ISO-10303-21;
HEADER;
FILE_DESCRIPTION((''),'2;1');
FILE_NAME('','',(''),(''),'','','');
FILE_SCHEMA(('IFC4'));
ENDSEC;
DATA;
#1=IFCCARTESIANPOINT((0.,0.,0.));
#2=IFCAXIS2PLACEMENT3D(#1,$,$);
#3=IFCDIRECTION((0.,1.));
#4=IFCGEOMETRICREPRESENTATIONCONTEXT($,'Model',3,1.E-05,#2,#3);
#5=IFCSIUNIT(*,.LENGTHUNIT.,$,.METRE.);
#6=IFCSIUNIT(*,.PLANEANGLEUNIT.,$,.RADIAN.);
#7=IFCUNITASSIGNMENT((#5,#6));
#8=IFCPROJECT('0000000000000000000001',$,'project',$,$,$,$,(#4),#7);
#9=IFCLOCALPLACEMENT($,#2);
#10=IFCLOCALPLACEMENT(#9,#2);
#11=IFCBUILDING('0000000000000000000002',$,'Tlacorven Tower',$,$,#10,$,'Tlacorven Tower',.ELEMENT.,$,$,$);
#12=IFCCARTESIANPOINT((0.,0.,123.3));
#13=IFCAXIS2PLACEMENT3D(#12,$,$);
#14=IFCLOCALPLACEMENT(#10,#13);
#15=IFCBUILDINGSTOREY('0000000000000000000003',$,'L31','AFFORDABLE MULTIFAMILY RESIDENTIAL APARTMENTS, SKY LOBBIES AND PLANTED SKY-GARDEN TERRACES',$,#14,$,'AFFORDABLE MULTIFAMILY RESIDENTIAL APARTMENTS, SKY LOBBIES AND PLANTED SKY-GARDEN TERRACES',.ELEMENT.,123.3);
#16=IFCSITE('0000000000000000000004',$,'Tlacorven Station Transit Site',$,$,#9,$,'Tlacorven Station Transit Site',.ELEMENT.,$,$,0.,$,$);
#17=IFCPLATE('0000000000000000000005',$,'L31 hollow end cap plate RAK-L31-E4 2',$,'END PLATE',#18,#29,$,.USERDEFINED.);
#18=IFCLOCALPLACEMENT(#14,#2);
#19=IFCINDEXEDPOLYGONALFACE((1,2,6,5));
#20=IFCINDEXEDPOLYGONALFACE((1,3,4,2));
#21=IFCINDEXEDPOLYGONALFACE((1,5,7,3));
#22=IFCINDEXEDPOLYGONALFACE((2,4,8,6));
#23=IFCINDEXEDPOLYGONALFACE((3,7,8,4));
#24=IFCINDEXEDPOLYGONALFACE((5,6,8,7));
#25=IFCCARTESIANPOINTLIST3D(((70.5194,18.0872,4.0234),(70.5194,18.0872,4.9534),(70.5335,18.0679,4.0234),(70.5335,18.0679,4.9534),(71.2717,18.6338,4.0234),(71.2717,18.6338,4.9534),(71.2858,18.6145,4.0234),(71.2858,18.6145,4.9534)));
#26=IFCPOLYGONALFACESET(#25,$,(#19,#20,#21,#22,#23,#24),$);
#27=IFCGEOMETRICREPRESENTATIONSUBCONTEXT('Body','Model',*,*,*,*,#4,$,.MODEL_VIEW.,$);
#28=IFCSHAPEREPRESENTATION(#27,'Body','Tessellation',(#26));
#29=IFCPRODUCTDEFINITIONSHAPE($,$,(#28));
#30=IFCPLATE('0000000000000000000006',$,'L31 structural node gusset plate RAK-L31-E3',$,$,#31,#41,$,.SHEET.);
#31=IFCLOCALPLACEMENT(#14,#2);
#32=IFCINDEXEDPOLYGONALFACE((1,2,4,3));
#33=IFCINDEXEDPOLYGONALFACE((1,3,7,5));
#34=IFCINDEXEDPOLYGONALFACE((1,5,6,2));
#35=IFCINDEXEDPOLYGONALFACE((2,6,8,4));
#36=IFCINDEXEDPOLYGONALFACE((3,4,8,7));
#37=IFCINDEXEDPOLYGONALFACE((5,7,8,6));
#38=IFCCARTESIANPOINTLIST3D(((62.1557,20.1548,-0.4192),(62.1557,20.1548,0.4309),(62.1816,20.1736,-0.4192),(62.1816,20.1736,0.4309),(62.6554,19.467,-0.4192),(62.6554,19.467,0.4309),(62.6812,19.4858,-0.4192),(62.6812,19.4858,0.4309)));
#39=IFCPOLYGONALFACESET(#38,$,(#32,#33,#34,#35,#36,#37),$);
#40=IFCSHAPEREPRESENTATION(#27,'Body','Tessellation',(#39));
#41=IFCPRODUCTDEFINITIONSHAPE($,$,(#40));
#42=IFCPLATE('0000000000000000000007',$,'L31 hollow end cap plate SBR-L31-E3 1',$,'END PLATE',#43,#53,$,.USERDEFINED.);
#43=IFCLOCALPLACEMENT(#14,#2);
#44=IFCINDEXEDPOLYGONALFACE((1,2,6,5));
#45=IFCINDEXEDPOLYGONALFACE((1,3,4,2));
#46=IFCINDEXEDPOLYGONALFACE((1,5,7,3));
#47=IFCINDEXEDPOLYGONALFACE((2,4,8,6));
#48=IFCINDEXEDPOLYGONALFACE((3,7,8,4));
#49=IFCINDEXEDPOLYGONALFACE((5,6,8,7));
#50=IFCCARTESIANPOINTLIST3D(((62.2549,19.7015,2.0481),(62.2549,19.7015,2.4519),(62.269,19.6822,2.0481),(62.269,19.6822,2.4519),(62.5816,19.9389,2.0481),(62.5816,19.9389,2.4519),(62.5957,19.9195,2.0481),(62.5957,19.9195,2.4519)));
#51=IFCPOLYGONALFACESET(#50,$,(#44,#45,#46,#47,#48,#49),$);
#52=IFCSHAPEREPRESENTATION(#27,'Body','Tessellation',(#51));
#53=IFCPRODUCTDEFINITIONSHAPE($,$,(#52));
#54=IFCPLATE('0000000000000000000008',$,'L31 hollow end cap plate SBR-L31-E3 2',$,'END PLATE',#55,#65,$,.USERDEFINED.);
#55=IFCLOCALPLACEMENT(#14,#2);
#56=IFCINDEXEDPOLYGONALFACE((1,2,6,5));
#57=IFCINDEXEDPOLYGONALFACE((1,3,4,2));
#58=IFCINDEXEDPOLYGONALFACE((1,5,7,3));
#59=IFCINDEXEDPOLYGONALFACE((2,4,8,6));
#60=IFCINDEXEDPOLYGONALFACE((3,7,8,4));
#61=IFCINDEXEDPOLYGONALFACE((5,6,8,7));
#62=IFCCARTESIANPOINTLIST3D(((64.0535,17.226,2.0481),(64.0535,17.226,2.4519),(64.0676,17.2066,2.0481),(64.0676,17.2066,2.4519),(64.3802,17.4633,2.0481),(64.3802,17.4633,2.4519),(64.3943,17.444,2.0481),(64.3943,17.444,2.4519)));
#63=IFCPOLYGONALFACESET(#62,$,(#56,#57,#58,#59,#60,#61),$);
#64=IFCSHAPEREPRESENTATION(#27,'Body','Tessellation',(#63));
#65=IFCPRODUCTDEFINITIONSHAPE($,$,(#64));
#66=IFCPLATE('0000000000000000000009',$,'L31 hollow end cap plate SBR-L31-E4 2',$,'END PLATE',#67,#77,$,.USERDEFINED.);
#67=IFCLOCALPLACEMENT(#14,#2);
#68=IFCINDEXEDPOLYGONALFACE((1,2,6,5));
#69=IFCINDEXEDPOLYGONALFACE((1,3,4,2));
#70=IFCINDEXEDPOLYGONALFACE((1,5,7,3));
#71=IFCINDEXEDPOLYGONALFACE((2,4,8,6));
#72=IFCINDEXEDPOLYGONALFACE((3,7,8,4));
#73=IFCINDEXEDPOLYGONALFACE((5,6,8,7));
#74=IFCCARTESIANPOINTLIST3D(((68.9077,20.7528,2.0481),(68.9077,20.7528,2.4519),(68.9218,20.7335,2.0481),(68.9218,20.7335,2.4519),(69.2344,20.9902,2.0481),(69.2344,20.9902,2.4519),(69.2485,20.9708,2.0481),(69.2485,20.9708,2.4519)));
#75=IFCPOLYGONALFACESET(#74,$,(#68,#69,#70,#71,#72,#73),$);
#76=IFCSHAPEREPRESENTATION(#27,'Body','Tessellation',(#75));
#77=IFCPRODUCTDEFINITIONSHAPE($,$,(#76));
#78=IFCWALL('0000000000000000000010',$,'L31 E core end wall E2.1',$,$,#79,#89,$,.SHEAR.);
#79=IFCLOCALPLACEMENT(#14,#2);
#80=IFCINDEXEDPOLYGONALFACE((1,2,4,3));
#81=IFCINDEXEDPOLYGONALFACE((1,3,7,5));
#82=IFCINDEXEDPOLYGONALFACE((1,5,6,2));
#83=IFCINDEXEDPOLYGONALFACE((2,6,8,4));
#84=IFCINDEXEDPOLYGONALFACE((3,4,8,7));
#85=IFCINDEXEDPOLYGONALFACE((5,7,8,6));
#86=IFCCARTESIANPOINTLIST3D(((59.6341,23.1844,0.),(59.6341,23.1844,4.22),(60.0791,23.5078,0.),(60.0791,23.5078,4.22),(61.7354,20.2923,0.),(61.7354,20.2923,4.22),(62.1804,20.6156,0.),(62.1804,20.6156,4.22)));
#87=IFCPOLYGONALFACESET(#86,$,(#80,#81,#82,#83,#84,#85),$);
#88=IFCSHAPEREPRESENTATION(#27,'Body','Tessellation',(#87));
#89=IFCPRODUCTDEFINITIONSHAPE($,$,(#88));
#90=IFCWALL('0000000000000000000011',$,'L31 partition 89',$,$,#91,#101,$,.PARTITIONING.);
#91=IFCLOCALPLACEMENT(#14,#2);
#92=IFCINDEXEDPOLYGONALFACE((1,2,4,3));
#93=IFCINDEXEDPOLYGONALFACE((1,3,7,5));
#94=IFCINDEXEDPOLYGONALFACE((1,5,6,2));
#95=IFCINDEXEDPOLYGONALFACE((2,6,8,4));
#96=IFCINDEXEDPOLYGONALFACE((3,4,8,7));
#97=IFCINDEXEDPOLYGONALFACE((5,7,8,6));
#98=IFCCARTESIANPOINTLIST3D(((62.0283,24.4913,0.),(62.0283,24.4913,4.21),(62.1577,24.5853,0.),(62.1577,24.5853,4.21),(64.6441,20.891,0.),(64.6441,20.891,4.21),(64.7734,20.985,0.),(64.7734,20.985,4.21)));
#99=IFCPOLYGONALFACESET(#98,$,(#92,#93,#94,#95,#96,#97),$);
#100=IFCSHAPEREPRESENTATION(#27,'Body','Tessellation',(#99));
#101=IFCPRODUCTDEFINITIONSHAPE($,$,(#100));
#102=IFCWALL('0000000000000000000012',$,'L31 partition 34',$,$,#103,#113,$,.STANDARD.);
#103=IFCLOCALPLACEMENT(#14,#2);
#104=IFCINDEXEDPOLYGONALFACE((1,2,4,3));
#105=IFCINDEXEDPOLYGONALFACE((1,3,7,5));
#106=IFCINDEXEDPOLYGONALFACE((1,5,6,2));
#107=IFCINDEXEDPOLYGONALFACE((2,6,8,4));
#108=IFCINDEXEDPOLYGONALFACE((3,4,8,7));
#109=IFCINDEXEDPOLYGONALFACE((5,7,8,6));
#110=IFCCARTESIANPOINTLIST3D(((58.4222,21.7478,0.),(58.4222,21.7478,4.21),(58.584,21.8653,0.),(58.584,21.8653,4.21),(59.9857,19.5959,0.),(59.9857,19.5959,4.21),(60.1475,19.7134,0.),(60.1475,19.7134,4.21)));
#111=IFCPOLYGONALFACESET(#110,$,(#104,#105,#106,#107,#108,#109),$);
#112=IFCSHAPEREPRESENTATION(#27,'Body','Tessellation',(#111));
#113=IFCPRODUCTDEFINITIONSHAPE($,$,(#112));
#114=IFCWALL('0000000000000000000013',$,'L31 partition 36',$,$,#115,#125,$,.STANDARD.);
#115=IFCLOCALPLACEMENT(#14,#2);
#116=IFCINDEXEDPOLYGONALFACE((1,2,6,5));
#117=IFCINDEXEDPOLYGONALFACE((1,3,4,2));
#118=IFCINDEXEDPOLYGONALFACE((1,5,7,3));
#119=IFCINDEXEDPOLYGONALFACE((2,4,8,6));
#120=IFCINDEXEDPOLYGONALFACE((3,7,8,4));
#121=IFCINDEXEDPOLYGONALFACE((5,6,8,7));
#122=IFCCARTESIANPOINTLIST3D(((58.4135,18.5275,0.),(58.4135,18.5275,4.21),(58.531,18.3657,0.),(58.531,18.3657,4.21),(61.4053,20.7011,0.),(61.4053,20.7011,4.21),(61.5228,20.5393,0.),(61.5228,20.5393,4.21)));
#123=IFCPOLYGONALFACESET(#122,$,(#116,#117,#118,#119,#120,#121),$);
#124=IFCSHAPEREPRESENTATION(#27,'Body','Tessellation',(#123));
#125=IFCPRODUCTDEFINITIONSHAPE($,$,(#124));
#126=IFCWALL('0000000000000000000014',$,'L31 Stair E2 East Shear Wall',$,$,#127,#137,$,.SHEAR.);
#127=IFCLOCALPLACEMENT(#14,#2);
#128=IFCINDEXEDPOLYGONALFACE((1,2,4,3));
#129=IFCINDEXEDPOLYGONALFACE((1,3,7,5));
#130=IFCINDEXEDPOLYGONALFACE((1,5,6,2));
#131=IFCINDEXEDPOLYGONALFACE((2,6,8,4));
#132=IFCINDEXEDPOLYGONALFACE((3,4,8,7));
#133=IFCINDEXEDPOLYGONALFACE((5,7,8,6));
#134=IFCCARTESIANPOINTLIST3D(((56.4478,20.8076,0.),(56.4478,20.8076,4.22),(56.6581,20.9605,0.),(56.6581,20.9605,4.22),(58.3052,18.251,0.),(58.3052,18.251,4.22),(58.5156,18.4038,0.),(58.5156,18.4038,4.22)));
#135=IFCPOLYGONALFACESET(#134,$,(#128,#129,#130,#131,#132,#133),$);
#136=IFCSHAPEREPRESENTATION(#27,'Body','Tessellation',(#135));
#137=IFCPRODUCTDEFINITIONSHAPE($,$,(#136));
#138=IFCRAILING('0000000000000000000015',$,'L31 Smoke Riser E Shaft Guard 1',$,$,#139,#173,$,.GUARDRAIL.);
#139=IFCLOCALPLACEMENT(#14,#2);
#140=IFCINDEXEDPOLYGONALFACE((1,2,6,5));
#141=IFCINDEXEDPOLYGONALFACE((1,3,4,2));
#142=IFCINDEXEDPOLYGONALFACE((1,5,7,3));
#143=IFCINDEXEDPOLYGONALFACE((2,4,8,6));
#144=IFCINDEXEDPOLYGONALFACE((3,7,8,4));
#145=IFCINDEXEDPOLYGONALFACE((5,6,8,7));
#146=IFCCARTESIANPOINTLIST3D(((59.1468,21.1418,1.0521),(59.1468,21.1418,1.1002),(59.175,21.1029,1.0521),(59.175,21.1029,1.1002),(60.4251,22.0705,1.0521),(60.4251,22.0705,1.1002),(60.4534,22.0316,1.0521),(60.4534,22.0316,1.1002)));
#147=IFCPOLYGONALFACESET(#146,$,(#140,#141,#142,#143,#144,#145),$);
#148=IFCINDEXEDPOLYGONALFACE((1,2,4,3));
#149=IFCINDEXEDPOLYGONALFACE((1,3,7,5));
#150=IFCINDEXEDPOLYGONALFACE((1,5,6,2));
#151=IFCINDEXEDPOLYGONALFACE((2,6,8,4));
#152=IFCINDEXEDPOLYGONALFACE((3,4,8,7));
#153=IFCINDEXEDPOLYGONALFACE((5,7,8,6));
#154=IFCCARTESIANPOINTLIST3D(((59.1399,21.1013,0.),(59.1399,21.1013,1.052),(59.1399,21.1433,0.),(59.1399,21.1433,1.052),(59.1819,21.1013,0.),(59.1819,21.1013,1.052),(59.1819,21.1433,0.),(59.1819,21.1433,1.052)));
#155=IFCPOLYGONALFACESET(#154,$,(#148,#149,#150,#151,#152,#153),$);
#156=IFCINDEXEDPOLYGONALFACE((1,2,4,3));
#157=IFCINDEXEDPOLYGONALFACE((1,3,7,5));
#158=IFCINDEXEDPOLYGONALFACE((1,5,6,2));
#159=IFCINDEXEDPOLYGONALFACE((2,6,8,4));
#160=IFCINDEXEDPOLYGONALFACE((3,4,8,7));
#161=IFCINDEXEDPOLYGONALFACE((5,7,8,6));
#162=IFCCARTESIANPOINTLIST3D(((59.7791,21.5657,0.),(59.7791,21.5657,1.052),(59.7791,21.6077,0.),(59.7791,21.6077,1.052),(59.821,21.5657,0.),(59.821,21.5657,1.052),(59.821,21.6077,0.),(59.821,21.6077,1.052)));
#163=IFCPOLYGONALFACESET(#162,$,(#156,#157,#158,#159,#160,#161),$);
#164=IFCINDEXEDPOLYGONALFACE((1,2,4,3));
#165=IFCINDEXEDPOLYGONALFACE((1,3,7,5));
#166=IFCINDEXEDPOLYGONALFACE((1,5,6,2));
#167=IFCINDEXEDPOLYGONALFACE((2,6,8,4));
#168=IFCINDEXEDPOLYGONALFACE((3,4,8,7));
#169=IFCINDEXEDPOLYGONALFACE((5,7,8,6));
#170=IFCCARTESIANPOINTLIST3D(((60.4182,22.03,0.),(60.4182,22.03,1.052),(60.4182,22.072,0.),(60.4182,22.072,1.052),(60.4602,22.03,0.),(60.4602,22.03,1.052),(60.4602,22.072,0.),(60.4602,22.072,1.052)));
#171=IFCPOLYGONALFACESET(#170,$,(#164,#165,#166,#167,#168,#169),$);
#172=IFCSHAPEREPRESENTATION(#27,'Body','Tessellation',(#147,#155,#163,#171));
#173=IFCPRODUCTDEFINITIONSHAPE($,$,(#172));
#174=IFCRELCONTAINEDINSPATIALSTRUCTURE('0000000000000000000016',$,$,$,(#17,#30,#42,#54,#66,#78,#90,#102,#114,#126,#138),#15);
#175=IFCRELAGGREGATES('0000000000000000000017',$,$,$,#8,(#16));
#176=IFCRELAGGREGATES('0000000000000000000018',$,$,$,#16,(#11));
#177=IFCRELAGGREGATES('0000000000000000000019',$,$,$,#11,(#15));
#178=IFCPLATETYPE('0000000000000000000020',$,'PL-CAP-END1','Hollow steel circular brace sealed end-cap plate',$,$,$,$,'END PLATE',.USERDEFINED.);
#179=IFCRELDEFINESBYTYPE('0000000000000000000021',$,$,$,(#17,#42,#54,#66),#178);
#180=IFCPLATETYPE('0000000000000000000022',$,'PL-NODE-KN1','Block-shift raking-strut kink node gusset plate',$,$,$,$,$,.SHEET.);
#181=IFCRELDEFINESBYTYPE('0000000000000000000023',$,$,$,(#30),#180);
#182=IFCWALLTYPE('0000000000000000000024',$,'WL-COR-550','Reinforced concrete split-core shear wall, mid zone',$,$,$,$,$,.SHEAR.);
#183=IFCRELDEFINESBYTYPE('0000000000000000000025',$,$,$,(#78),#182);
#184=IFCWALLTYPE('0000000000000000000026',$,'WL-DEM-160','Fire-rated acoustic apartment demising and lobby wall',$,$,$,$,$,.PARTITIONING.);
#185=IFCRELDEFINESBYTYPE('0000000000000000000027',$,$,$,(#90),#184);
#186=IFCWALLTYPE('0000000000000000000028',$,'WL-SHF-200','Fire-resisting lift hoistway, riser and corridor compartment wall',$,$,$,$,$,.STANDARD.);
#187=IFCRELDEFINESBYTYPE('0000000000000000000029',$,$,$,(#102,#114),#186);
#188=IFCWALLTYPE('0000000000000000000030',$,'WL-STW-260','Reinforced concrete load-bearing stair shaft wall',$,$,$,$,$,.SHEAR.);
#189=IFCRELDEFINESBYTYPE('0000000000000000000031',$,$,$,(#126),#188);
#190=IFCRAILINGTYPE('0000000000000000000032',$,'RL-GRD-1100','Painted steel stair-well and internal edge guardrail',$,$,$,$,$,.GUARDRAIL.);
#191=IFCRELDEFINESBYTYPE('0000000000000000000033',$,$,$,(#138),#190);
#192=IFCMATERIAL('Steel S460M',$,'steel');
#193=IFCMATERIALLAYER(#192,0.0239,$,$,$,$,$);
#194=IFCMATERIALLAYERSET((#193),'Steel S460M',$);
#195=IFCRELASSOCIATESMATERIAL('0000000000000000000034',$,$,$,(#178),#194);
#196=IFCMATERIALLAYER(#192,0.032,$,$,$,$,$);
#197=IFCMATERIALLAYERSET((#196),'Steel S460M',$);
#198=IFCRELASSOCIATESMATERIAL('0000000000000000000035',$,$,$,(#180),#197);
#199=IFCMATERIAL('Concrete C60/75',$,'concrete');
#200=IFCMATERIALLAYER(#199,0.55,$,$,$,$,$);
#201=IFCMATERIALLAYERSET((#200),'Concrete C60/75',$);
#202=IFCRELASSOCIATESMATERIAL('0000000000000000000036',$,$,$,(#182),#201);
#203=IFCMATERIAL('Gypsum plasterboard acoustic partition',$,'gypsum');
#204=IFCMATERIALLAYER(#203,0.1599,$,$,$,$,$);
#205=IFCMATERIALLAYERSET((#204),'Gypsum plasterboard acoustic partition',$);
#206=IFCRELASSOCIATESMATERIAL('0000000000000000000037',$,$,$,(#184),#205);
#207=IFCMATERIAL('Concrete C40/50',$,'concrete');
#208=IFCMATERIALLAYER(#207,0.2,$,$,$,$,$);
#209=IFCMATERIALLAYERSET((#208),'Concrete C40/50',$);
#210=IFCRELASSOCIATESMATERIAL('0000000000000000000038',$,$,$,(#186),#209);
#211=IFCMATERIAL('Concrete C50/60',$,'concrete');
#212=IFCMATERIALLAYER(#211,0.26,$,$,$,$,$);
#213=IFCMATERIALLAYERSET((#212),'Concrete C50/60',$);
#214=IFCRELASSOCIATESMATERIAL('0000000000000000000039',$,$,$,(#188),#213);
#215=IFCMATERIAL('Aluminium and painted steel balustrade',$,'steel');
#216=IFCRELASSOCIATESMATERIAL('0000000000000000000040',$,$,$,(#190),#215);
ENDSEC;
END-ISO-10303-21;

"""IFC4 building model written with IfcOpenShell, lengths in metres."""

from ifc_helpers import new_model, si_unit, direction, frame, frame_2d, origin, origin_2d, place, context, subcontext, project, spatial, rectangle, extrude, source, transform, mapped, material, layer, layer_set, type_object, element, save


model = new_model("IFC4")

# Units and contexts
model_context = context("Model", 3, precision=1e-05, world=origin(), true_north=direction((0.0, 1.0)))
body_context = subcontext(model_context, "Body", "Model", "MODEL_VIEW")
ifc_project = project(units=[si_unit("LENGTHUNIT", "METRE"), si_unit("PLANEANGLEUNIT", "RADIAN")], contexts=[model_context])

# Site, building, storey
site_placement = place(None, origin())
site = spatial("IfcSite", under=ifc_project, at=site_placement, Name="Tlacorven Station Transit Site", LongName="Tlacorven Station Transit Site", CompositionType="ELEMENT", RefElevation=0.0)
building_placement = place(site_placement, origin())
building = spatial("IfcBuilding", under=site, at=building_placement, Name="Tlacorven Tower", LongName="Tlacorven Tower", CompositionType="ELEMENT")
storey_placement = place(building_placement, frame((0.0, 0.0, 123.3)))
storey = spatial("IfcBuildingStorey", under=building, at=storey_placement, Name="L31", Description="AFFORDABLE MULTIFAMILY RESIDENTIAL APARTMENTS, SKY LOBBIES AND PLANTED SKY-GARDEN TERRACES", LongName="AFFORDABLE MULTIFAMILY RESIDENTIAL APARTMENTS, SKY LOBBIES AND PLANTED SKY-GARDEN TERRACES", CompositionType="ELEMENT", Elevation=123.3)

# Shared definitions
ifc_material_1 = material(Name="Steel S460M", Category="steel")

# Plates
ifc_layer_1 = layer(ifc_material_1, 0.0239)
ifc_layer_set_1 = layer_set([ifc_layer_1], Name="Steel S460M")
plate_type_1 = type_object("IfcPlateType", Name="PL-CAP-END1", Description="Hollow steel circular brace sealed end-cap plate", ElementType="END PLATE", PredefinedType="USERDEFINED", material=ifc_layer_set_1)
shared_shape_1 = source(origin(), body_context, "Body", "SweptSolid", [
    extrude(rectangle(XDim=0.0239, YDim=0.9299, at=origin_2d()), origin(), (0.0, 0.0, 1.0), 0.9299),
])
for number, where, z_axis, x_axis, name in (
    (1, (70.9026, 18.3508, 4.0234), (0.0, 0.0, 1.0), (0.587785, -0.809017, 0.0), "L31 hollow end cap plate RAK-L31-E4 2"),
):
    element("IfcPlate", number, at=place(storey_placement, frame(where, z_axis=z_axis, x_axis=x_axis)), inside=storey, type_object=plate_type_1, Name=name, ObjectType="END PLATE", PredefinedType="USERDEFINED", context=body_context, shape_type="MappedRepresentation", body=[
        mapped(shared_shape_1, transform((0.0, 0.0, 0.0), scale=1.0)),
    ])
ifc_layer_2 = layer(ifc_material_1, 0.032)
ifc_layer_set_2 = layer_set([ifc_layer_2], Name="Steel S460M")
plate_type_2 = type_object("IfcPlateType", Name="PL-NODE-KN1", Description="Block-shift raking-strut kink node gusset plate", PredefinedType="SHEET", material=ifc_layer_set_2)
shared_shape_2 = source(origin(), body_context, "Body", "SweptSolid", [
    extrude(rectangle(XDim=0.8501, YDim=0.032, at=origin_2d()), origin(), (0.0, 0.0, 1.0), 0.8501),
])
plate_placement = place(storey_placement, frame((62.4185, 19.8203, -0.4192), z_axis=(0.0, 0.0, 1.0), x_axis=(0.587785, -0.809017, 0.0)))
element("IfcPlate", 2, at=plate_placement, inside=storey, type_object=plate_type_2, Name="L31 structural node gusset plate RAK-L31-E3", PredefinedType="SHEET", context=body_context, shape_type="MappedRepresentation", body=[
    mapped(shared_shape_2, transform((0.0, 0.0, 0.0), scale=1.0)),
])
shared_shape_3 = source(origin(), body_context, "Body", "SweptSolid", [
    extrude(rectangle(XDim=0.0239, YDim=0.4038, at=origin_2d()), origin(), (0.0, 0.0, 1.0), 0.4038),
])
for number, where, z_axis, x_axis, name in (
    (3, (62.4253, 19.8105, 2.0481), (0.0, 0.0, 1.0), (0.587786, -0.809016, 0.0), "L31 hollow end cap plate SBR-L31-E3 1"),
    (4, (64.2239, 17.335, 2.0481), (0.0, 0.0, 1.0), (0.587786, -0.809016, 0.0), "L31 hollow end cap plate SBR-L31-E3 2"),
    (5, (69.0781, 20.8618, 2.0481), (0.0, 0.0, 1.0), (0.587785, -0.809017, 0.0), "L31 hollow end cap plate SBR-L31-E4 2"),
):
    element("IfcPlate", number, at=place(storey_placement, frame(where, z_axis=z_axis, x_axis=x_axis)), inside=storey, type_object=plate_type_1, Name=name, ObjectType="END PLATE", PredefinedType="USERDEFINED", context=body_context, shape_type="MappedRepresentation", body=[
        mapped(shared_shape_3, transform((0.0, 0.0, 0.0), scale=1.0)),
    ])

# Walls
ifc_material_2 = material(Name="Concrete C60/75", Category="concrete")
ifc_layer_3 = layer(ifc_material_2, 0.55)
ifc_layer_set_3 = layer_set([ifc_layer_3], Name="Concrete C60/75")
wall_type_1 = type_object("IfcWallType", Name="WL-COR-550", Description="Reinforced concrete split-core shear wall, mid zone", PredefinedType="SHEAR", material=ifc_layer_set_3)
wall_1_placement = place(storey_placement, frame((61.958, 20.4539, 0.0), z_axis=(0.0, 0.0, 1.0), x_axis=(-0.587802, 0.809005, 0.0)))
element("IfcWall", 6, at=wall_1_placement, inside=storey, type_object=wall_type_1, Name="L31 E core end wall E2.1", PredefinedType="SHEAR", context=body_context, shape_type="SweptSolid", body=[
    extrude(rectangle(XDim=3.575, YDim=0.55, at=frame_2d((1.7876, 0.0))), origin(), (0.0, 0.0, 1.0), 4.22),
])
ifc_material_3 = material(Name="Gypsum plasterboard acoustic partition", Category="gypsum")
ifc_layer_4 = layer(ifc_material_3, 0.1599)
ifc_layer_set_4 = layer_set([ifc_layer_4], Name="Gypsum plasterboard acoustic partition")
wall_type_2 = type_object("IfcWallType", Name="WL-DEM-160", Description="Fire-rated acoustic apartment demising and lobby wall", PredefinedType="PARTITIONING", material=ifc_layer_set_4)
wall_2_placement = place(storey_placement, frame((64.7087, 20.938, 0.0), z_axis=(0.0, 0.0, 1.0), x_axis=(-0.587774, 0.809025, 0.0)))
element("IfcWall", 7, at=wall_2_placement, inside=storey, type_object=wall_type_2, Name="L31 partition 89", PredefinedType="PARTITIONING", context=body_context, shape_type="SweptSolid", body=[
    extrude(rectangle(XDim=4.4502, YDim=0.1599, at=frame_2d((2.2251, 0.0))), origin(), (0.0, 0.0, 1.0), 4.21),
])

# Shared definitions
ifc_material_4 = material(Name="Concrete C40/50", Category="concrete")
ifc_layer_5 = layer(ifc_material_4, 0.2)
ifc_layer_set_5 = layer_set([ifc_layer_5], Name="Concrete C40/50")
wall_type_3 = type_object("IfcWallType", Name="WL-SHF-200", Description="Fire-resisting lift hoistway, riser and corridor compartment wall", PredefinedType="STANDARD", material=ifc_layer_set_5)

# Walls
wall_3_placement = place(storey_placement, frame((60.0667, 19.6545, 0.0), z_axis=(0.0, 0.0, 1.0), x_axis=(-0.587801, 0.809006, 0.0)))
element("IfcWall", 8, at=wall_3_placement, inside=storey, type_object=wall_type_3, Name="L31 partition 34", PredefinedType="STANDARD", context=body_context, shape_type="SweptSolid", body=[
    extrude(rectangle(XDim=2.6599, YDim=0.2, at=frame_2d((1.3301, 0.0))), origin(), (0.0, 0.0, 1.0), 4.21),
])
wall_4_placement = place(storey_placement, frame((58.4722, 18.4465, 0.0), z_axis=(0.0, 0.0, 1.0), x_axis=(0.809019, 0.587783, 0.0)))
element("IfcWall", 9, at=wall_4_placement, inside=storey, type_object=wall_type_3, Name="L31 partition 36", PredefinedType="STANDARD", context=body_context, shape_type="SweptSolid", body=[
    extrude(rectangle(XDim=3.698, YDim=0.2, at=frame_2d((1.8491, 0.0))), origin(), (0.0, 0.0, 1.0), 4.21),
])
ifc_material_5 = material(Name="Concrete C50/60", Category="concrete")
ifc_layer_6 = layer(ifc_material_5, 0.26)
ifc_layer_set_6 = layer_set([ifc_layer_6], Name="Concrete C50/60")
wall_type_4 = type_object("IfcWallType", Name="WL-STW-260", Description="Reinforced concrete load-bearing stair shaft wall", PredefinedType="SHEAR", material=ifc_layer_set_6)
wall_5_placement = place(storey_placement, frame((58.4104, 18.3274, 0.0), z_axis=(0.0, 0.0, 1.0), x_axis=(-0.587767, 0.80903, 0.0)))
element("IfcWall", 10, at=wall_5_placement, inside=storey, type_object=wall_type_4, Name="L31 Stair E2 East Shear Wall", PredefinedType="SHEAR", context=body_context, shape_type="SweptSolid", body=[
    extrude(rectangle(XDim=3.1602, YDim=0.26, at=frame_2d((1.5801, 0.0))), origin(), (0.0, 0.0, 1.0), 4.22),
])

# Railing
ifc_material_6 = material(Name="Aluminium and painted steel balustrade", Category="steel")
railing_type_1 = type_object("IfcRailingType", Name="RL-GRD-1100", Description="Painted steel stair-well and internal edge guardrail", PredefinedType="GUARDRAIL", material=ifc_material_6)
shared_shape_4 = source(origin(), body_context, "Body", "SweptSolid", [
    extrude(rectangle(XDim=0.0481, YDim=0.0481, at=origin_2d()), frame((0.0, 0.0, 1.0762), z_axis=(0.80903, 0.587767, 0.0), x_axis=(-0.587767, 0.80903, 0.0)), (0.0, 0.0, 1.0), 1.5801),
    extrude(rectangle(XDim=0.042, YDim=0.042, at=origin_2d()), origin(), (0.0, 0.0, 1.0), 1.052),
    extrude(rectangle(XDim=0.042, YDim=0.042, at=origin_2d()), frame((0.6392, 0.4644, 0.0)), (0.0, 0.0, 1.0), 1.052),
    extrude(rectangle(XDim=0.042, YDim=0.042, at=origin_2d()), frame((1.2783, 0.9287, 0.0)), (0.0, 0.0, 1.0), 1.052),
])
railing_1_placement = place(storey_placement, frame((59.1609, 21.1223, 0.0)))
element("IfcRailing", 11, at=railing_1_placement, inside=storey, type_object=railing_type_1, Name="L31 Smoke Riser E Shaft Guard 1", PredefinedType="GUARDRAIL", context=body_context, shape_type="MappedRepresentation", body=[
    mapped(shared_shape_4, transform((0.0, 0.0, 0.0), scale=1.0)),
])

save(model, "model.ifc")
